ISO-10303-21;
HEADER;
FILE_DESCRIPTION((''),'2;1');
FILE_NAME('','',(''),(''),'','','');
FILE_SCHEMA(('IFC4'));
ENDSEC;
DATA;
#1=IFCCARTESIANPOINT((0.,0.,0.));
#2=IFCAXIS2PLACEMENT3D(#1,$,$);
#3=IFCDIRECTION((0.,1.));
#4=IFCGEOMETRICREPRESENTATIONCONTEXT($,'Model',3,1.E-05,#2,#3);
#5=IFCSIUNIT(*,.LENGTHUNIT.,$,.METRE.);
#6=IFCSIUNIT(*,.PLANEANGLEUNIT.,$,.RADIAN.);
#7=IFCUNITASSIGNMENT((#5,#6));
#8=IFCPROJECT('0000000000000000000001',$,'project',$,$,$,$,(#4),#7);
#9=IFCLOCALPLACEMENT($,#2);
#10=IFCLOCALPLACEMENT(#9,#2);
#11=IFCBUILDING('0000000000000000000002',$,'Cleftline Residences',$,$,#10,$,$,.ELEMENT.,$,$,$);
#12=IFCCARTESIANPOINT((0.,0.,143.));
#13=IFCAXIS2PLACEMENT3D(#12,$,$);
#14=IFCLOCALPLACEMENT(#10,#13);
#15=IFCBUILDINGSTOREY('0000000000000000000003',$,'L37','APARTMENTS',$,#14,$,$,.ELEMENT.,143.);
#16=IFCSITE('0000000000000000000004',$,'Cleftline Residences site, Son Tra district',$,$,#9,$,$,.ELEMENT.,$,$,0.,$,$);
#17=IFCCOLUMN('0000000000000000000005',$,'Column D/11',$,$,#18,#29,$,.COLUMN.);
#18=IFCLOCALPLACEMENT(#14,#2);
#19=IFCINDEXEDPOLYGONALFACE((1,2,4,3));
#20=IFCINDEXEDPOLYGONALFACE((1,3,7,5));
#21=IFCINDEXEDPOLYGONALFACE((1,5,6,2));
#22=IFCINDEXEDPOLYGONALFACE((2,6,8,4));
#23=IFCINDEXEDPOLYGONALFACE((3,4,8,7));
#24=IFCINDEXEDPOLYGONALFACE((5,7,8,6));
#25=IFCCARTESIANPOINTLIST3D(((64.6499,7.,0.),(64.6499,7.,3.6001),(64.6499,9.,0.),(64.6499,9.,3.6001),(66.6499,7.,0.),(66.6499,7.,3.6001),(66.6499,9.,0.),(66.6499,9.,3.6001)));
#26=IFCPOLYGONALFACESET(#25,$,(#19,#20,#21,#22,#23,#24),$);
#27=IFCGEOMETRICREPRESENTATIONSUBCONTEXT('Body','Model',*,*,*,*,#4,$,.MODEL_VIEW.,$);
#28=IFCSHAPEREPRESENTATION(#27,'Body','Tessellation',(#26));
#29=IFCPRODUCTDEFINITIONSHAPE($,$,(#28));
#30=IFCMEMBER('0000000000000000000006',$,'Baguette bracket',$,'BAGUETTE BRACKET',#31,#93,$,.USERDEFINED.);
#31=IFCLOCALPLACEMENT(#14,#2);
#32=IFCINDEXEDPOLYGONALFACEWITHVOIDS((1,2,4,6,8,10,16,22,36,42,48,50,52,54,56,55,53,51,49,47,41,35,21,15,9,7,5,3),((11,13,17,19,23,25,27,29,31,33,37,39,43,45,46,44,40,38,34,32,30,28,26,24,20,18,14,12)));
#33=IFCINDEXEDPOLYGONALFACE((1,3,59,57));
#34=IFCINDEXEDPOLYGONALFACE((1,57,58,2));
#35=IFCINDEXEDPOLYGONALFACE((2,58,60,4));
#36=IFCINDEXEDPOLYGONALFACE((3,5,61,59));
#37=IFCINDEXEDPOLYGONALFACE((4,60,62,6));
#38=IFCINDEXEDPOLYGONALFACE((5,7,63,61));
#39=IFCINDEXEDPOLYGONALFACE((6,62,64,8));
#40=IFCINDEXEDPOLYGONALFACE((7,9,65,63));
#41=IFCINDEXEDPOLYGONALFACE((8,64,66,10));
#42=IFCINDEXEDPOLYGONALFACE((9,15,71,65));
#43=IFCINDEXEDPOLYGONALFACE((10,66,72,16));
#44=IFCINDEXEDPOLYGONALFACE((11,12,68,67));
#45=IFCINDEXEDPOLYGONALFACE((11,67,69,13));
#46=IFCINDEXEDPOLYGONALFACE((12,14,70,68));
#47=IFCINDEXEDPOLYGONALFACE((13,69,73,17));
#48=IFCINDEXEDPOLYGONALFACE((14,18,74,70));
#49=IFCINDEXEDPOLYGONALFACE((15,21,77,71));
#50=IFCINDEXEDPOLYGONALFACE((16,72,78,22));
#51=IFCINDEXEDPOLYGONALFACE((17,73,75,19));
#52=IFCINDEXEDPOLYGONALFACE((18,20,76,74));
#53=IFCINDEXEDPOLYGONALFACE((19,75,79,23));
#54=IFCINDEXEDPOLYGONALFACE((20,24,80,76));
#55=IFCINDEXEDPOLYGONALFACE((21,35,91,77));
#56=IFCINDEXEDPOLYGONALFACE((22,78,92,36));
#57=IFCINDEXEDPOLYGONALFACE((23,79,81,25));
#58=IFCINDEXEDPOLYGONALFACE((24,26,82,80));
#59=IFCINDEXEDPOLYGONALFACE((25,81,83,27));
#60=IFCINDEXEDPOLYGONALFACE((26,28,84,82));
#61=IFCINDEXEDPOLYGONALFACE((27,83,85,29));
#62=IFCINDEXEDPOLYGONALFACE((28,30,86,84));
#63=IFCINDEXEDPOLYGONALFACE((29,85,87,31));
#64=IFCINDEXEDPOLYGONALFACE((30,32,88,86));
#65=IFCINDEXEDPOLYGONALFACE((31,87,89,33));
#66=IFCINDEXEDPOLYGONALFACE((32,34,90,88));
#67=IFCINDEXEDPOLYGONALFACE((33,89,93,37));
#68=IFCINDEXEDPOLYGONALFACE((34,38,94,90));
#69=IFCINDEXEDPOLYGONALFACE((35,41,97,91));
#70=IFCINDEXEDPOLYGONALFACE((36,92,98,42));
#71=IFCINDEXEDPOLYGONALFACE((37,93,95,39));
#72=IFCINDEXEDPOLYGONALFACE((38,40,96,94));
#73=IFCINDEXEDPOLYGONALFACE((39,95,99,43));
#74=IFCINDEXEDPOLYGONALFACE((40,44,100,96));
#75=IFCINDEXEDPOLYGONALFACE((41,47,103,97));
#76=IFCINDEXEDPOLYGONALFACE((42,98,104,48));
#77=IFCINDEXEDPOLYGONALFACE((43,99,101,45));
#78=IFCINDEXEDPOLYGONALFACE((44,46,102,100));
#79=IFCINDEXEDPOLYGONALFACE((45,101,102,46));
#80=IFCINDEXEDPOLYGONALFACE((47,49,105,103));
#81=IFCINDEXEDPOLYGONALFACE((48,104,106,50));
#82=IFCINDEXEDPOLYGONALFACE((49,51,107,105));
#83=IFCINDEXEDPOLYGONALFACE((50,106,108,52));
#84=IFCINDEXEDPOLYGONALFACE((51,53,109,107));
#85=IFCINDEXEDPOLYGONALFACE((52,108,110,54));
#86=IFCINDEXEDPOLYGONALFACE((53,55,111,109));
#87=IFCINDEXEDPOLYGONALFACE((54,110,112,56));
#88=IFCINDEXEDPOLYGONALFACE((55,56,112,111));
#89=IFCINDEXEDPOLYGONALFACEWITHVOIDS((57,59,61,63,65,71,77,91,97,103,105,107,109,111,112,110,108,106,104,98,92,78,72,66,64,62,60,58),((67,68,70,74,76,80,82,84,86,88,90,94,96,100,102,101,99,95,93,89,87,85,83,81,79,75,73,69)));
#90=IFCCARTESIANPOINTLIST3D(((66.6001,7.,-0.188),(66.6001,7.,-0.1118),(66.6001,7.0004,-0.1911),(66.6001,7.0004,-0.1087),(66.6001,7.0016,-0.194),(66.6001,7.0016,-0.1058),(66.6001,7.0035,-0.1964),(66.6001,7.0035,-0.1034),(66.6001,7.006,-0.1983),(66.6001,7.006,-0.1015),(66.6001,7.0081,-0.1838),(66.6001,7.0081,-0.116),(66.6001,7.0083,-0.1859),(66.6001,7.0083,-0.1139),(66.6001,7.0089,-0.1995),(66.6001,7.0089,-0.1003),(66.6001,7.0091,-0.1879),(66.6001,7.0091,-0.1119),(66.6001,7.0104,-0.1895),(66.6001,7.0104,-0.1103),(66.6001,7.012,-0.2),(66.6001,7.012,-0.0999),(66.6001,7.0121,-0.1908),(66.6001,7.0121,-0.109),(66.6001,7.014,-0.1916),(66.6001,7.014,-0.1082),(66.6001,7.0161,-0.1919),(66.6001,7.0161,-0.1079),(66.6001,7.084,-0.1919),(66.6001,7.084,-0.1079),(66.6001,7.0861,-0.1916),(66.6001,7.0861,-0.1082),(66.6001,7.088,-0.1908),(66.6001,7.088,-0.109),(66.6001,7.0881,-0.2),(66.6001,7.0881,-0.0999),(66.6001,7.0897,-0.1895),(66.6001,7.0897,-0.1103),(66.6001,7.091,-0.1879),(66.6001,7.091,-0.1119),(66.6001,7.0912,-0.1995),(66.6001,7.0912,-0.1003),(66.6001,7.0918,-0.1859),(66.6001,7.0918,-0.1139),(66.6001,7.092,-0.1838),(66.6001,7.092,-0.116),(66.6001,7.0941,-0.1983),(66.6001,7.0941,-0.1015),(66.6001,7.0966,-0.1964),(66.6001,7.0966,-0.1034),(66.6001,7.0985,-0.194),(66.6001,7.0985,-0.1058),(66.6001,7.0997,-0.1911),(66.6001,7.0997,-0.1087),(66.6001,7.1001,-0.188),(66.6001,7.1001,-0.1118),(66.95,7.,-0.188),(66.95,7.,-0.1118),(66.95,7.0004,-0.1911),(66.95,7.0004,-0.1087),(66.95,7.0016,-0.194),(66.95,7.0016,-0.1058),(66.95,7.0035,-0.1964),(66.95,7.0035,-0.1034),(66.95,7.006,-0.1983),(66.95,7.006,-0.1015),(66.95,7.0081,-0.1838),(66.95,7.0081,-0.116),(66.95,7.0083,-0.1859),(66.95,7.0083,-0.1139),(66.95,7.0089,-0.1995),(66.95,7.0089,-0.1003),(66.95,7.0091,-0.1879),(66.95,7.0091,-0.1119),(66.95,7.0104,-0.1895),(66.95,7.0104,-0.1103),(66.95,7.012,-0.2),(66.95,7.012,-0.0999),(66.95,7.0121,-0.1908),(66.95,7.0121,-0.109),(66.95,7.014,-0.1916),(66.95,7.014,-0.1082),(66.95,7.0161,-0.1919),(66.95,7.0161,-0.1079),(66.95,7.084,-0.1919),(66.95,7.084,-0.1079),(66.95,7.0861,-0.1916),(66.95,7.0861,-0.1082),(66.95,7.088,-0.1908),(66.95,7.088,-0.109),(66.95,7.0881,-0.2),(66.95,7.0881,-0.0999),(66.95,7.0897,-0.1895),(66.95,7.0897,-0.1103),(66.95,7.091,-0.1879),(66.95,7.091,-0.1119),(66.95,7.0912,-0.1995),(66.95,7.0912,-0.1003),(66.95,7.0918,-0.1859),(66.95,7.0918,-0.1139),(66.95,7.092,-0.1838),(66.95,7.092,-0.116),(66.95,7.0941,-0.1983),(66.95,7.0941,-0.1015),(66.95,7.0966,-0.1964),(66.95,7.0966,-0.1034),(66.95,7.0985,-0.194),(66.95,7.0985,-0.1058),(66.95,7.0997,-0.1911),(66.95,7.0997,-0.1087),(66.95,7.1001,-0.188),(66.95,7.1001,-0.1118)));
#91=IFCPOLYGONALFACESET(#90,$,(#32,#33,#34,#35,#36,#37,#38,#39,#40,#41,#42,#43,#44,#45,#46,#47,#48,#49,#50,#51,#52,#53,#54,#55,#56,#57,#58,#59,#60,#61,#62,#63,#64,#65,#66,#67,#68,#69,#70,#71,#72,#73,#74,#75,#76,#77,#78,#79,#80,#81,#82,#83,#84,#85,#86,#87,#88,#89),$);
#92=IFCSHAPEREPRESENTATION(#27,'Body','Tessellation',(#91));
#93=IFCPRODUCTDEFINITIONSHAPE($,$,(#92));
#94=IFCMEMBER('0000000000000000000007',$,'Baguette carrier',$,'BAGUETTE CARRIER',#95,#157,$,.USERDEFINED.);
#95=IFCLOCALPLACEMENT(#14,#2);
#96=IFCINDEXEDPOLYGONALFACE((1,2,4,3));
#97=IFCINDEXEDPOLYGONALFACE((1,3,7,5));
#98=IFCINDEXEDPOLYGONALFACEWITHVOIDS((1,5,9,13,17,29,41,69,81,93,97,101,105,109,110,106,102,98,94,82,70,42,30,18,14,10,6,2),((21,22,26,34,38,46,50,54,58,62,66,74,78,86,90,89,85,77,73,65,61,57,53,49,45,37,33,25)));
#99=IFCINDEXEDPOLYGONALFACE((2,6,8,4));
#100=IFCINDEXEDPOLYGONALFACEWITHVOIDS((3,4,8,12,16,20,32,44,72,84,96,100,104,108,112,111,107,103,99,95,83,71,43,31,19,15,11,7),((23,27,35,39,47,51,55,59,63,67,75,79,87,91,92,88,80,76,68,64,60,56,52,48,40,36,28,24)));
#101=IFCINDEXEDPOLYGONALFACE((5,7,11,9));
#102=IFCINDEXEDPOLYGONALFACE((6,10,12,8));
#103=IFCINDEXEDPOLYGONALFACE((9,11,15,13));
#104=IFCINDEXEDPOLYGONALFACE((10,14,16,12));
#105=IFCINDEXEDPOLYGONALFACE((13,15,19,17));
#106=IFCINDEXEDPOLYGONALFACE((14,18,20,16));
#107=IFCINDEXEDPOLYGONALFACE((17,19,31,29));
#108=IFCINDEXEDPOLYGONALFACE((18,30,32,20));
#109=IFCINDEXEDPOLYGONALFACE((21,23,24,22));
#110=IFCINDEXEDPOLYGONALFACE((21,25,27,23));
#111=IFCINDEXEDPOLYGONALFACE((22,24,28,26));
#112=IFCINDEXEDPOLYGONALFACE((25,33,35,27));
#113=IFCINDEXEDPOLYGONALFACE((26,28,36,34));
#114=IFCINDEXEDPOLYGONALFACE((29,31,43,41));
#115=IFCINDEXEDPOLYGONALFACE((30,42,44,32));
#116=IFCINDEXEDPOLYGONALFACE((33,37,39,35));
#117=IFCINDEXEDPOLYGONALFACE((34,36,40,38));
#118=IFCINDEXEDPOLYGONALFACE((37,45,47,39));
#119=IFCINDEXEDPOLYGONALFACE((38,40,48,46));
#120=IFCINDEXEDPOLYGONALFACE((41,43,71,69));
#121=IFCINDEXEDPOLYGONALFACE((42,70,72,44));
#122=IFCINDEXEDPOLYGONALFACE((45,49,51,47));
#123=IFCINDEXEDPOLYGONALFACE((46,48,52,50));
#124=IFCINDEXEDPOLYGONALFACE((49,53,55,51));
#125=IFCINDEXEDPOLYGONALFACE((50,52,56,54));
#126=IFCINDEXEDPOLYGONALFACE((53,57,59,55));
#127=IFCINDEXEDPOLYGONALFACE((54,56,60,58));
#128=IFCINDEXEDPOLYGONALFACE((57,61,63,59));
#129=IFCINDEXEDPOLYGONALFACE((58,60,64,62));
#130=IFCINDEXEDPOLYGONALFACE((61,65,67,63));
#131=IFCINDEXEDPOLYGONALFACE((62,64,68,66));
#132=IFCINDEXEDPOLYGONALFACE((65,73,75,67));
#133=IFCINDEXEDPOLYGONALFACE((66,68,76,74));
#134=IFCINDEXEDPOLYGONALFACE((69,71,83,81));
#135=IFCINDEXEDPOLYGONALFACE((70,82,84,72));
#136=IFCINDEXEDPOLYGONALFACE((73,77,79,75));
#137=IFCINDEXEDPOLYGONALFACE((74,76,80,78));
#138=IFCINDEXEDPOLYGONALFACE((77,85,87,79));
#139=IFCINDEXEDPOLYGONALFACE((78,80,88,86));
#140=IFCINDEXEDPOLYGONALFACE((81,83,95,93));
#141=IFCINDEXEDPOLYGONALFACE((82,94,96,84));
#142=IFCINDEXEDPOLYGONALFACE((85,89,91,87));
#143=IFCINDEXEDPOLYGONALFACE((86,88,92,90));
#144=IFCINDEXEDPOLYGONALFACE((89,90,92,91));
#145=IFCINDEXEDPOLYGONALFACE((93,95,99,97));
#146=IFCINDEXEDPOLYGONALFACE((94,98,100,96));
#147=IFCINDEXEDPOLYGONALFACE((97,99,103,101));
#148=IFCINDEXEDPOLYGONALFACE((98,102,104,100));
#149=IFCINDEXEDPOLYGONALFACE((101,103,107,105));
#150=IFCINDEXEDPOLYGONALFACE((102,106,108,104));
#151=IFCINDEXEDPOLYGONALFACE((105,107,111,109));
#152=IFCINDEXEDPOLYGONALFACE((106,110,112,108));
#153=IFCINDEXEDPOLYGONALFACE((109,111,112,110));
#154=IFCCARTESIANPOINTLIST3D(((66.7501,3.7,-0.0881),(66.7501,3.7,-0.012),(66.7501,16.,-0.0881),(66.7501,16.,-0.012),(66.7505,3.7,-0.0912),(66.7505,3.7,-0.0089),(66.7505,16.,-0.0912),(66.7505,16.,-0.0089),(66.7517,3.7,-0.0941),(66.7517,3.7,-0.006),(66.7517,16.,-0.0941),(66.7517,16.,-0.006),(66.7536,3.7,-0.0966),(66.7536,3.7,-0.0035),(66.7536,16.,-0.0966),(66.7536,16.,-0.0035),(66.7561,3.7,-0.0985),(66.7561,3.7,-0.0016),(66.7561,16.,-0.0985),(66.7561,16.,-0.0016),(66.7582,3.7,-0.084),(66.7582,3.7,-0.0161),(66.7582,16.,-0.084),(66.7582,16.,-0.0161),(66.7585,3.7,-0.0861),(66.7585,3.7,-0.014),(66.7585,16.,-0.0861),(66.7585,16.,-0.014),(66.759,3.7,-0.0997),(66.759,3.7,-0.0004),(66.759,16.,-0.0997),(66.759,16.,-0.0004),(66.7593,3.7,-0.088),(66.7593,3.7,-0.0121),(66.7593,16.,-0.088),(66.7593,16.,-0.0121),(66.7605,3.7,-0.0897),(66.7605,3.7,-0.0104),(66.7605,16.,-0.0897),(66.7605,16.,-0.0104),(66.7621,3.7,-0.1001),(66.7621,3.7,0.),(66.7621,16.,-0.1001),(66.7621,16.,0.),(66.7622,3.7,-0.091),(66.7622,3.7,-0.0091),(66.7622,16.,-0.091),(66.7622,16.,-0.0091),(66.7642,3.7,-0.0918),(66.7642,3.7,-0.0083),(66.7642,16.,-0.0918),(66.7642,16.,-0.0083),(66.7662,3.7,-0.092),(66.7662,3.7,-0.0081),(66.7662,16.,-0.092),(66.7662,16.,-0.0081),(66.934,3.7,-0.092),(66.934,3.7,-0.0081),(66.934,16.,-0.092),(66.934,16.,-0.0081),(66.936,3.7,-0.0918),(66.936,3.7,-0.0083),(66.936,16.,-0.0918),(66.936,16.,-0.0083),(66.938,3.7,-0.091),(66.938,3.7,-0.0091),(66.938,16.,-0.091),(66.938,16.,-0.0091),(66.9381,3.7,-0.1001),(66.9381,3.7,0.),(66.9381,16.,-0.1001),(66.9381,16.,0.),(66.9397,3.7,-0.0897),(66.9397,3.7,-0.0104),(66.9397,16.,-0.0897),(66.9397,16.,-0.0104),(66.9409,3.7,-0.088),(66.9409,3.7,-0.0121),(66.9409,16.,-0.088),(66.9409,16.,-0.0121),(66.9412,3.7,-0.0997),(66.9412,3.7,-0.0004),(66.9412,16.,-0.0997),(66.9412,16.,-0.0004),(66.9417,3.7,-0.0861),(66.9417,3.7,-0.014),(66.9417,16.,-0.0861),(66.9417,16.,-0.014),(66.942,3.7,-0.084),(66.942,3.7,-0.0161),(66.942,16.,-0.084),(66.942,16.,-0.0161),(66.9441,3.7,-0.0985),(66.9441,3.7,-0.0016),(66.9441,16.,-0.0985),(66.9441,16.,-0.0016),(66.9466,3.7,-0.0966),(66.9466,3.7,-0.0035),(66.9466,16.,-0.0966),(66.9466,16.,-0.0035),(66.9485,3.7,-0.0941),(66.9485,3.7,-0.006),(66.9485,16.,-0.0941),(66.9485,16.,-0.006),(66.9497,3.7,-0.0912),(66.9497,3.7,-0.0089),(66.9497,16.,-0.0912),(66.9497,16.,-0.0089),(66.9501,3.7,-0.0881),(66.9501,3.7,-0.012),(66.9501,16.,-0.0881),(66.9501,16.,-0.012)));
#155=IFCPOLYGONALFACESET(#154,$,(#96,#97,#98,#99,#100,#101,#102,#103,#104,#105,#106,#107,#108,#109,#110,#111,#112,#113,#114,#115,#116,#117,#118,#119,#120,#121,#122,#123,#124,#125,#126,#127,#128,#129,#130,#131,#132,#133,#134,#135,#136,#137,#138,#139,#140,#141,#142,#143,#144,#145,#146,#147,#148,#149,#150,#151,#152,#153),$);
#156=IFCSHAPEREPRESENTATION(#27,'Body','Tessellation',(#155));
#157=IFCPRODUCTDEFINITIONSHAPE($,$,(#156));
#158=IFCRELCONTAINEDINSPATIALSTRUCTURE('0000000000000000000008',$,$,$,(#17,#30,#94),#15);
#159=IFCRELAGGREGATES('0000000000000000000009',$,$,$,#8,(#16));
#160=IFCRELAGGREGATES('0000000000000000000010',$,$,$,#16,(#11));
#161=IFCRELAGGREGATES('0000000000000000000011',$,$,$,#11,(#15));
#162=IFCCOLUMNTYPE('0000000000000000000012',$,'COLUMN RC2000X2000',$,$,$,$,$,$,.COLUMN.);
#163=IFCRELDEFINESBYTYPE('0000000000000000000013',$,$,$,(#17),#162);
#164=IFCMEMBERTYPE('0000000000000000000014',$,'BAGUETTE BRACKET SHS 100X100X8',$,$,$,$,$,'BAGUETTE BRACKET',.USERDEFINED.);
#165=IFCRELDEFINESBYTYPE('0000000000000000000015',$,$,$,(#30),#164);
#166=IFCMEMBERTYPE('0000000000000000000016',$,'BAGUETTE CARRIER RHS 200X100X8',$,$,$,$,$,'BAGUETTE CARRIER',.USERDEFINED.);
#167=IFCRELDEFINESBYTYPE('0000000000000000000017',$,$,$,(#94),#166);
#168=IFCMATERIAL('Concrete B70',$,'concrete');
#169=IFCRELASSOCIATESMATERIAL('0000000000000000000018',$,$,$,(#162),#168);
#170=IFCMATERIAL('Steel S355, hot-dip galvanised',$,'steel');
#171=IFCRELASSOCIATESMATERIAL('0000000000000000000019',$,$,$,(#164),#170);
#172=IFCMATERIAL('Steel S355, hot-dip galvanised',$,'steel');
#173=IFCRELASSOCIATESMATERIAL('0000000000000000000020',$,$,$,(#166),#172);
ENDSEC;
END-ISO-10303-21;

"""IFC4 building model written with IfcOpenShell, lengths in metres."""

from ifc_helpers import new_model, si_unit, direction, frame, origin, origin_2d, place, context, subcontext, project, spatial, rectangle, hollow_rectangle, extrude, material, material_profile, profile_set, type_object, element, save


model = new_model("IFC4")

# Units and contexts
model_context = context("Model", 3, precision=1e-05, world=origin(), true_north=direction((0.0, 1.0)))
body_context = subcontext(model_context, "Body", "Model", "MODEL_VIEW")
ifc_project = project(units=[si_unit("LENGTHUNIT", "METRE"), si_unit("PLANEANGLEUNIT", "RADIAN")], contexts=[model_context])

# Site, building, storey
site_placement = place(None, origin())
site = spatial("IfcSite", under=ifc_project, at=site_placement, Name="Cleftline Residences site, Son Tra district", CompositionType="ELEMENT", RefElevation=0.0)
building_placement = place(site_placement, origin())
building = spatial("IfcBuilding", under=site, at=building_placement, Name="Cleftline Residences", CompositionType="ELEMENT")
storey_placement = place(building_placement, frame((0.0, 0.0, 143.0)))
storey = spatial("IfcBuildingStorey", under=building, at=storey_placement, Name="L37", Description="APARTMENTS", CompositionType="ELEMENT", Elevation=143.0)

# Column
ifc_material_1 = material(Name="Concrete B70", Category="concrete")
ifc_material_profile_1 = material_profile(ifc_material_1, rectangle(XDim=2.0, YDim=2.0, at=origin_2d()))
ifc_profile_set_1 = profile_set([ifc_material_profile_1], Name="Concrete B70")
column_type = type_object("IfcColumnType", Name="COLUMN RC2000X2000", PredefinedType="COLUMN", material=ifc_profile_set_1)
column_placement = place(storey_placement, frame((65.6499, 8.0, 0.0), z_axis=(0.0, 0.0, 1.0), x_axis=(1.0, 0.0, 0.0)))
element("IfcColumn", 1, at=column_placement, inside=storey, type_object=column_type, Name="Column D/11", PredefinedType="COLUMN", context=body_context, shape_type="SweptSolid", body=[
    extrude(rectangle(XDim=2.0, YDim=2.0, at=origin_2d()), origin(), (0.0, 0.0, 1.0), 3.6001),
])

# Members
ifc_material_2 = material(Name="Steel S355, hot-dip galvanised", Category="steel")
ifc_material_profile_2 = material_profile(ifc_material_2, hollow_rectangle(XDim=0.1001, YDim=0.1001, WallThickness=0.0081, InnerFilletRadius=0.0081, OuterFilletRadius=0.012, at=origin_2d()))
ifc_profile_set_2 = profile_set([ifc_material_profile_2], Name="Steel S355, hot-dip galvanised")
member_type_1 = type_object("IfcMemberType", Name="BAGUETTE BRACKET SHS 100X100X8", ElementType="BAGUETTE BRACKET", PredefinedType="USERDEFINED", material=ifc_profile_set_2)
member_1_placement = place(storey_placement, frame((66.6001, 7.05, -0.1499), z_axis=(1.0, 0.0, 0.0), x_axis=(0.0, 1.0, 0.0)))
element("IfcMember", 2, at=member_1_placement, inside=storey, type_object=member_type_1, Name="Baguette bracket", ObjectType="BAGUETTE BRACKET", PredefinedType="USERDEFINED", context=body_context, shape_type="SweptSolid", body=[
    extrude(hollow_rectangle(XDim=0.1001, YDim=0.1001, WallThickness=0.0081, InnerFilletRadius=0.0081, OuterFilletRadius=0.012, at=origin_2d()), origin(), (0.0, 0.0, 1.0), 0.3499),
])
ifc_material_3 = material(Name="Steel S355, hot-dip galvanised", Category="steel")
ifc_material_profile_3 = material_profile(ifc_material_3, hollow_rectangle(XDim=0.1001, YDim=0.2, WallThickness=0.0081, InnerFilletRadius=0.0081, OuterFilletRadius=0.012, at=origin_2d()))
ifc_profile_set_3 = profile_set([ifc_material_profile_3], Name="Steel S355, hot-dip galvanised")
member_type_2 = type_object("IfcMemberType", Name="BAGUETTE CARRIER RHS 200X100X8", ElementType="BAGUETTE CARRIER", PredefinedType="USERDEFINED", material=ifc_profile_set_3)
member_2_placement = place(storey_placement, frame((66.8501, 3.7, -0.05), z_axis=(0.0, 1.0, 0.0), x_axis=(0.0, 0.0, 1.0)))
element("IfcMember", 3, at=member_2_placement, inside=storey, type_object=member_type_2, Name="Baguette carrier", ObjectType="BAGUETTE CARRIER", PredefinedType="USERDEFINED", context=body_context, shape_type="SweptSolid", body=[
    extrude(hollow_rectangle(XDim=0.1001, YDim=0.2, WallThickness=0.0081, InnerFilletRadius=0.0081, OuterFilletRadius=0.012, at=origin_2d()), origin(), (0.0, 0.0, 1.0), 12.3),
])

save(model, "model.ifc")
